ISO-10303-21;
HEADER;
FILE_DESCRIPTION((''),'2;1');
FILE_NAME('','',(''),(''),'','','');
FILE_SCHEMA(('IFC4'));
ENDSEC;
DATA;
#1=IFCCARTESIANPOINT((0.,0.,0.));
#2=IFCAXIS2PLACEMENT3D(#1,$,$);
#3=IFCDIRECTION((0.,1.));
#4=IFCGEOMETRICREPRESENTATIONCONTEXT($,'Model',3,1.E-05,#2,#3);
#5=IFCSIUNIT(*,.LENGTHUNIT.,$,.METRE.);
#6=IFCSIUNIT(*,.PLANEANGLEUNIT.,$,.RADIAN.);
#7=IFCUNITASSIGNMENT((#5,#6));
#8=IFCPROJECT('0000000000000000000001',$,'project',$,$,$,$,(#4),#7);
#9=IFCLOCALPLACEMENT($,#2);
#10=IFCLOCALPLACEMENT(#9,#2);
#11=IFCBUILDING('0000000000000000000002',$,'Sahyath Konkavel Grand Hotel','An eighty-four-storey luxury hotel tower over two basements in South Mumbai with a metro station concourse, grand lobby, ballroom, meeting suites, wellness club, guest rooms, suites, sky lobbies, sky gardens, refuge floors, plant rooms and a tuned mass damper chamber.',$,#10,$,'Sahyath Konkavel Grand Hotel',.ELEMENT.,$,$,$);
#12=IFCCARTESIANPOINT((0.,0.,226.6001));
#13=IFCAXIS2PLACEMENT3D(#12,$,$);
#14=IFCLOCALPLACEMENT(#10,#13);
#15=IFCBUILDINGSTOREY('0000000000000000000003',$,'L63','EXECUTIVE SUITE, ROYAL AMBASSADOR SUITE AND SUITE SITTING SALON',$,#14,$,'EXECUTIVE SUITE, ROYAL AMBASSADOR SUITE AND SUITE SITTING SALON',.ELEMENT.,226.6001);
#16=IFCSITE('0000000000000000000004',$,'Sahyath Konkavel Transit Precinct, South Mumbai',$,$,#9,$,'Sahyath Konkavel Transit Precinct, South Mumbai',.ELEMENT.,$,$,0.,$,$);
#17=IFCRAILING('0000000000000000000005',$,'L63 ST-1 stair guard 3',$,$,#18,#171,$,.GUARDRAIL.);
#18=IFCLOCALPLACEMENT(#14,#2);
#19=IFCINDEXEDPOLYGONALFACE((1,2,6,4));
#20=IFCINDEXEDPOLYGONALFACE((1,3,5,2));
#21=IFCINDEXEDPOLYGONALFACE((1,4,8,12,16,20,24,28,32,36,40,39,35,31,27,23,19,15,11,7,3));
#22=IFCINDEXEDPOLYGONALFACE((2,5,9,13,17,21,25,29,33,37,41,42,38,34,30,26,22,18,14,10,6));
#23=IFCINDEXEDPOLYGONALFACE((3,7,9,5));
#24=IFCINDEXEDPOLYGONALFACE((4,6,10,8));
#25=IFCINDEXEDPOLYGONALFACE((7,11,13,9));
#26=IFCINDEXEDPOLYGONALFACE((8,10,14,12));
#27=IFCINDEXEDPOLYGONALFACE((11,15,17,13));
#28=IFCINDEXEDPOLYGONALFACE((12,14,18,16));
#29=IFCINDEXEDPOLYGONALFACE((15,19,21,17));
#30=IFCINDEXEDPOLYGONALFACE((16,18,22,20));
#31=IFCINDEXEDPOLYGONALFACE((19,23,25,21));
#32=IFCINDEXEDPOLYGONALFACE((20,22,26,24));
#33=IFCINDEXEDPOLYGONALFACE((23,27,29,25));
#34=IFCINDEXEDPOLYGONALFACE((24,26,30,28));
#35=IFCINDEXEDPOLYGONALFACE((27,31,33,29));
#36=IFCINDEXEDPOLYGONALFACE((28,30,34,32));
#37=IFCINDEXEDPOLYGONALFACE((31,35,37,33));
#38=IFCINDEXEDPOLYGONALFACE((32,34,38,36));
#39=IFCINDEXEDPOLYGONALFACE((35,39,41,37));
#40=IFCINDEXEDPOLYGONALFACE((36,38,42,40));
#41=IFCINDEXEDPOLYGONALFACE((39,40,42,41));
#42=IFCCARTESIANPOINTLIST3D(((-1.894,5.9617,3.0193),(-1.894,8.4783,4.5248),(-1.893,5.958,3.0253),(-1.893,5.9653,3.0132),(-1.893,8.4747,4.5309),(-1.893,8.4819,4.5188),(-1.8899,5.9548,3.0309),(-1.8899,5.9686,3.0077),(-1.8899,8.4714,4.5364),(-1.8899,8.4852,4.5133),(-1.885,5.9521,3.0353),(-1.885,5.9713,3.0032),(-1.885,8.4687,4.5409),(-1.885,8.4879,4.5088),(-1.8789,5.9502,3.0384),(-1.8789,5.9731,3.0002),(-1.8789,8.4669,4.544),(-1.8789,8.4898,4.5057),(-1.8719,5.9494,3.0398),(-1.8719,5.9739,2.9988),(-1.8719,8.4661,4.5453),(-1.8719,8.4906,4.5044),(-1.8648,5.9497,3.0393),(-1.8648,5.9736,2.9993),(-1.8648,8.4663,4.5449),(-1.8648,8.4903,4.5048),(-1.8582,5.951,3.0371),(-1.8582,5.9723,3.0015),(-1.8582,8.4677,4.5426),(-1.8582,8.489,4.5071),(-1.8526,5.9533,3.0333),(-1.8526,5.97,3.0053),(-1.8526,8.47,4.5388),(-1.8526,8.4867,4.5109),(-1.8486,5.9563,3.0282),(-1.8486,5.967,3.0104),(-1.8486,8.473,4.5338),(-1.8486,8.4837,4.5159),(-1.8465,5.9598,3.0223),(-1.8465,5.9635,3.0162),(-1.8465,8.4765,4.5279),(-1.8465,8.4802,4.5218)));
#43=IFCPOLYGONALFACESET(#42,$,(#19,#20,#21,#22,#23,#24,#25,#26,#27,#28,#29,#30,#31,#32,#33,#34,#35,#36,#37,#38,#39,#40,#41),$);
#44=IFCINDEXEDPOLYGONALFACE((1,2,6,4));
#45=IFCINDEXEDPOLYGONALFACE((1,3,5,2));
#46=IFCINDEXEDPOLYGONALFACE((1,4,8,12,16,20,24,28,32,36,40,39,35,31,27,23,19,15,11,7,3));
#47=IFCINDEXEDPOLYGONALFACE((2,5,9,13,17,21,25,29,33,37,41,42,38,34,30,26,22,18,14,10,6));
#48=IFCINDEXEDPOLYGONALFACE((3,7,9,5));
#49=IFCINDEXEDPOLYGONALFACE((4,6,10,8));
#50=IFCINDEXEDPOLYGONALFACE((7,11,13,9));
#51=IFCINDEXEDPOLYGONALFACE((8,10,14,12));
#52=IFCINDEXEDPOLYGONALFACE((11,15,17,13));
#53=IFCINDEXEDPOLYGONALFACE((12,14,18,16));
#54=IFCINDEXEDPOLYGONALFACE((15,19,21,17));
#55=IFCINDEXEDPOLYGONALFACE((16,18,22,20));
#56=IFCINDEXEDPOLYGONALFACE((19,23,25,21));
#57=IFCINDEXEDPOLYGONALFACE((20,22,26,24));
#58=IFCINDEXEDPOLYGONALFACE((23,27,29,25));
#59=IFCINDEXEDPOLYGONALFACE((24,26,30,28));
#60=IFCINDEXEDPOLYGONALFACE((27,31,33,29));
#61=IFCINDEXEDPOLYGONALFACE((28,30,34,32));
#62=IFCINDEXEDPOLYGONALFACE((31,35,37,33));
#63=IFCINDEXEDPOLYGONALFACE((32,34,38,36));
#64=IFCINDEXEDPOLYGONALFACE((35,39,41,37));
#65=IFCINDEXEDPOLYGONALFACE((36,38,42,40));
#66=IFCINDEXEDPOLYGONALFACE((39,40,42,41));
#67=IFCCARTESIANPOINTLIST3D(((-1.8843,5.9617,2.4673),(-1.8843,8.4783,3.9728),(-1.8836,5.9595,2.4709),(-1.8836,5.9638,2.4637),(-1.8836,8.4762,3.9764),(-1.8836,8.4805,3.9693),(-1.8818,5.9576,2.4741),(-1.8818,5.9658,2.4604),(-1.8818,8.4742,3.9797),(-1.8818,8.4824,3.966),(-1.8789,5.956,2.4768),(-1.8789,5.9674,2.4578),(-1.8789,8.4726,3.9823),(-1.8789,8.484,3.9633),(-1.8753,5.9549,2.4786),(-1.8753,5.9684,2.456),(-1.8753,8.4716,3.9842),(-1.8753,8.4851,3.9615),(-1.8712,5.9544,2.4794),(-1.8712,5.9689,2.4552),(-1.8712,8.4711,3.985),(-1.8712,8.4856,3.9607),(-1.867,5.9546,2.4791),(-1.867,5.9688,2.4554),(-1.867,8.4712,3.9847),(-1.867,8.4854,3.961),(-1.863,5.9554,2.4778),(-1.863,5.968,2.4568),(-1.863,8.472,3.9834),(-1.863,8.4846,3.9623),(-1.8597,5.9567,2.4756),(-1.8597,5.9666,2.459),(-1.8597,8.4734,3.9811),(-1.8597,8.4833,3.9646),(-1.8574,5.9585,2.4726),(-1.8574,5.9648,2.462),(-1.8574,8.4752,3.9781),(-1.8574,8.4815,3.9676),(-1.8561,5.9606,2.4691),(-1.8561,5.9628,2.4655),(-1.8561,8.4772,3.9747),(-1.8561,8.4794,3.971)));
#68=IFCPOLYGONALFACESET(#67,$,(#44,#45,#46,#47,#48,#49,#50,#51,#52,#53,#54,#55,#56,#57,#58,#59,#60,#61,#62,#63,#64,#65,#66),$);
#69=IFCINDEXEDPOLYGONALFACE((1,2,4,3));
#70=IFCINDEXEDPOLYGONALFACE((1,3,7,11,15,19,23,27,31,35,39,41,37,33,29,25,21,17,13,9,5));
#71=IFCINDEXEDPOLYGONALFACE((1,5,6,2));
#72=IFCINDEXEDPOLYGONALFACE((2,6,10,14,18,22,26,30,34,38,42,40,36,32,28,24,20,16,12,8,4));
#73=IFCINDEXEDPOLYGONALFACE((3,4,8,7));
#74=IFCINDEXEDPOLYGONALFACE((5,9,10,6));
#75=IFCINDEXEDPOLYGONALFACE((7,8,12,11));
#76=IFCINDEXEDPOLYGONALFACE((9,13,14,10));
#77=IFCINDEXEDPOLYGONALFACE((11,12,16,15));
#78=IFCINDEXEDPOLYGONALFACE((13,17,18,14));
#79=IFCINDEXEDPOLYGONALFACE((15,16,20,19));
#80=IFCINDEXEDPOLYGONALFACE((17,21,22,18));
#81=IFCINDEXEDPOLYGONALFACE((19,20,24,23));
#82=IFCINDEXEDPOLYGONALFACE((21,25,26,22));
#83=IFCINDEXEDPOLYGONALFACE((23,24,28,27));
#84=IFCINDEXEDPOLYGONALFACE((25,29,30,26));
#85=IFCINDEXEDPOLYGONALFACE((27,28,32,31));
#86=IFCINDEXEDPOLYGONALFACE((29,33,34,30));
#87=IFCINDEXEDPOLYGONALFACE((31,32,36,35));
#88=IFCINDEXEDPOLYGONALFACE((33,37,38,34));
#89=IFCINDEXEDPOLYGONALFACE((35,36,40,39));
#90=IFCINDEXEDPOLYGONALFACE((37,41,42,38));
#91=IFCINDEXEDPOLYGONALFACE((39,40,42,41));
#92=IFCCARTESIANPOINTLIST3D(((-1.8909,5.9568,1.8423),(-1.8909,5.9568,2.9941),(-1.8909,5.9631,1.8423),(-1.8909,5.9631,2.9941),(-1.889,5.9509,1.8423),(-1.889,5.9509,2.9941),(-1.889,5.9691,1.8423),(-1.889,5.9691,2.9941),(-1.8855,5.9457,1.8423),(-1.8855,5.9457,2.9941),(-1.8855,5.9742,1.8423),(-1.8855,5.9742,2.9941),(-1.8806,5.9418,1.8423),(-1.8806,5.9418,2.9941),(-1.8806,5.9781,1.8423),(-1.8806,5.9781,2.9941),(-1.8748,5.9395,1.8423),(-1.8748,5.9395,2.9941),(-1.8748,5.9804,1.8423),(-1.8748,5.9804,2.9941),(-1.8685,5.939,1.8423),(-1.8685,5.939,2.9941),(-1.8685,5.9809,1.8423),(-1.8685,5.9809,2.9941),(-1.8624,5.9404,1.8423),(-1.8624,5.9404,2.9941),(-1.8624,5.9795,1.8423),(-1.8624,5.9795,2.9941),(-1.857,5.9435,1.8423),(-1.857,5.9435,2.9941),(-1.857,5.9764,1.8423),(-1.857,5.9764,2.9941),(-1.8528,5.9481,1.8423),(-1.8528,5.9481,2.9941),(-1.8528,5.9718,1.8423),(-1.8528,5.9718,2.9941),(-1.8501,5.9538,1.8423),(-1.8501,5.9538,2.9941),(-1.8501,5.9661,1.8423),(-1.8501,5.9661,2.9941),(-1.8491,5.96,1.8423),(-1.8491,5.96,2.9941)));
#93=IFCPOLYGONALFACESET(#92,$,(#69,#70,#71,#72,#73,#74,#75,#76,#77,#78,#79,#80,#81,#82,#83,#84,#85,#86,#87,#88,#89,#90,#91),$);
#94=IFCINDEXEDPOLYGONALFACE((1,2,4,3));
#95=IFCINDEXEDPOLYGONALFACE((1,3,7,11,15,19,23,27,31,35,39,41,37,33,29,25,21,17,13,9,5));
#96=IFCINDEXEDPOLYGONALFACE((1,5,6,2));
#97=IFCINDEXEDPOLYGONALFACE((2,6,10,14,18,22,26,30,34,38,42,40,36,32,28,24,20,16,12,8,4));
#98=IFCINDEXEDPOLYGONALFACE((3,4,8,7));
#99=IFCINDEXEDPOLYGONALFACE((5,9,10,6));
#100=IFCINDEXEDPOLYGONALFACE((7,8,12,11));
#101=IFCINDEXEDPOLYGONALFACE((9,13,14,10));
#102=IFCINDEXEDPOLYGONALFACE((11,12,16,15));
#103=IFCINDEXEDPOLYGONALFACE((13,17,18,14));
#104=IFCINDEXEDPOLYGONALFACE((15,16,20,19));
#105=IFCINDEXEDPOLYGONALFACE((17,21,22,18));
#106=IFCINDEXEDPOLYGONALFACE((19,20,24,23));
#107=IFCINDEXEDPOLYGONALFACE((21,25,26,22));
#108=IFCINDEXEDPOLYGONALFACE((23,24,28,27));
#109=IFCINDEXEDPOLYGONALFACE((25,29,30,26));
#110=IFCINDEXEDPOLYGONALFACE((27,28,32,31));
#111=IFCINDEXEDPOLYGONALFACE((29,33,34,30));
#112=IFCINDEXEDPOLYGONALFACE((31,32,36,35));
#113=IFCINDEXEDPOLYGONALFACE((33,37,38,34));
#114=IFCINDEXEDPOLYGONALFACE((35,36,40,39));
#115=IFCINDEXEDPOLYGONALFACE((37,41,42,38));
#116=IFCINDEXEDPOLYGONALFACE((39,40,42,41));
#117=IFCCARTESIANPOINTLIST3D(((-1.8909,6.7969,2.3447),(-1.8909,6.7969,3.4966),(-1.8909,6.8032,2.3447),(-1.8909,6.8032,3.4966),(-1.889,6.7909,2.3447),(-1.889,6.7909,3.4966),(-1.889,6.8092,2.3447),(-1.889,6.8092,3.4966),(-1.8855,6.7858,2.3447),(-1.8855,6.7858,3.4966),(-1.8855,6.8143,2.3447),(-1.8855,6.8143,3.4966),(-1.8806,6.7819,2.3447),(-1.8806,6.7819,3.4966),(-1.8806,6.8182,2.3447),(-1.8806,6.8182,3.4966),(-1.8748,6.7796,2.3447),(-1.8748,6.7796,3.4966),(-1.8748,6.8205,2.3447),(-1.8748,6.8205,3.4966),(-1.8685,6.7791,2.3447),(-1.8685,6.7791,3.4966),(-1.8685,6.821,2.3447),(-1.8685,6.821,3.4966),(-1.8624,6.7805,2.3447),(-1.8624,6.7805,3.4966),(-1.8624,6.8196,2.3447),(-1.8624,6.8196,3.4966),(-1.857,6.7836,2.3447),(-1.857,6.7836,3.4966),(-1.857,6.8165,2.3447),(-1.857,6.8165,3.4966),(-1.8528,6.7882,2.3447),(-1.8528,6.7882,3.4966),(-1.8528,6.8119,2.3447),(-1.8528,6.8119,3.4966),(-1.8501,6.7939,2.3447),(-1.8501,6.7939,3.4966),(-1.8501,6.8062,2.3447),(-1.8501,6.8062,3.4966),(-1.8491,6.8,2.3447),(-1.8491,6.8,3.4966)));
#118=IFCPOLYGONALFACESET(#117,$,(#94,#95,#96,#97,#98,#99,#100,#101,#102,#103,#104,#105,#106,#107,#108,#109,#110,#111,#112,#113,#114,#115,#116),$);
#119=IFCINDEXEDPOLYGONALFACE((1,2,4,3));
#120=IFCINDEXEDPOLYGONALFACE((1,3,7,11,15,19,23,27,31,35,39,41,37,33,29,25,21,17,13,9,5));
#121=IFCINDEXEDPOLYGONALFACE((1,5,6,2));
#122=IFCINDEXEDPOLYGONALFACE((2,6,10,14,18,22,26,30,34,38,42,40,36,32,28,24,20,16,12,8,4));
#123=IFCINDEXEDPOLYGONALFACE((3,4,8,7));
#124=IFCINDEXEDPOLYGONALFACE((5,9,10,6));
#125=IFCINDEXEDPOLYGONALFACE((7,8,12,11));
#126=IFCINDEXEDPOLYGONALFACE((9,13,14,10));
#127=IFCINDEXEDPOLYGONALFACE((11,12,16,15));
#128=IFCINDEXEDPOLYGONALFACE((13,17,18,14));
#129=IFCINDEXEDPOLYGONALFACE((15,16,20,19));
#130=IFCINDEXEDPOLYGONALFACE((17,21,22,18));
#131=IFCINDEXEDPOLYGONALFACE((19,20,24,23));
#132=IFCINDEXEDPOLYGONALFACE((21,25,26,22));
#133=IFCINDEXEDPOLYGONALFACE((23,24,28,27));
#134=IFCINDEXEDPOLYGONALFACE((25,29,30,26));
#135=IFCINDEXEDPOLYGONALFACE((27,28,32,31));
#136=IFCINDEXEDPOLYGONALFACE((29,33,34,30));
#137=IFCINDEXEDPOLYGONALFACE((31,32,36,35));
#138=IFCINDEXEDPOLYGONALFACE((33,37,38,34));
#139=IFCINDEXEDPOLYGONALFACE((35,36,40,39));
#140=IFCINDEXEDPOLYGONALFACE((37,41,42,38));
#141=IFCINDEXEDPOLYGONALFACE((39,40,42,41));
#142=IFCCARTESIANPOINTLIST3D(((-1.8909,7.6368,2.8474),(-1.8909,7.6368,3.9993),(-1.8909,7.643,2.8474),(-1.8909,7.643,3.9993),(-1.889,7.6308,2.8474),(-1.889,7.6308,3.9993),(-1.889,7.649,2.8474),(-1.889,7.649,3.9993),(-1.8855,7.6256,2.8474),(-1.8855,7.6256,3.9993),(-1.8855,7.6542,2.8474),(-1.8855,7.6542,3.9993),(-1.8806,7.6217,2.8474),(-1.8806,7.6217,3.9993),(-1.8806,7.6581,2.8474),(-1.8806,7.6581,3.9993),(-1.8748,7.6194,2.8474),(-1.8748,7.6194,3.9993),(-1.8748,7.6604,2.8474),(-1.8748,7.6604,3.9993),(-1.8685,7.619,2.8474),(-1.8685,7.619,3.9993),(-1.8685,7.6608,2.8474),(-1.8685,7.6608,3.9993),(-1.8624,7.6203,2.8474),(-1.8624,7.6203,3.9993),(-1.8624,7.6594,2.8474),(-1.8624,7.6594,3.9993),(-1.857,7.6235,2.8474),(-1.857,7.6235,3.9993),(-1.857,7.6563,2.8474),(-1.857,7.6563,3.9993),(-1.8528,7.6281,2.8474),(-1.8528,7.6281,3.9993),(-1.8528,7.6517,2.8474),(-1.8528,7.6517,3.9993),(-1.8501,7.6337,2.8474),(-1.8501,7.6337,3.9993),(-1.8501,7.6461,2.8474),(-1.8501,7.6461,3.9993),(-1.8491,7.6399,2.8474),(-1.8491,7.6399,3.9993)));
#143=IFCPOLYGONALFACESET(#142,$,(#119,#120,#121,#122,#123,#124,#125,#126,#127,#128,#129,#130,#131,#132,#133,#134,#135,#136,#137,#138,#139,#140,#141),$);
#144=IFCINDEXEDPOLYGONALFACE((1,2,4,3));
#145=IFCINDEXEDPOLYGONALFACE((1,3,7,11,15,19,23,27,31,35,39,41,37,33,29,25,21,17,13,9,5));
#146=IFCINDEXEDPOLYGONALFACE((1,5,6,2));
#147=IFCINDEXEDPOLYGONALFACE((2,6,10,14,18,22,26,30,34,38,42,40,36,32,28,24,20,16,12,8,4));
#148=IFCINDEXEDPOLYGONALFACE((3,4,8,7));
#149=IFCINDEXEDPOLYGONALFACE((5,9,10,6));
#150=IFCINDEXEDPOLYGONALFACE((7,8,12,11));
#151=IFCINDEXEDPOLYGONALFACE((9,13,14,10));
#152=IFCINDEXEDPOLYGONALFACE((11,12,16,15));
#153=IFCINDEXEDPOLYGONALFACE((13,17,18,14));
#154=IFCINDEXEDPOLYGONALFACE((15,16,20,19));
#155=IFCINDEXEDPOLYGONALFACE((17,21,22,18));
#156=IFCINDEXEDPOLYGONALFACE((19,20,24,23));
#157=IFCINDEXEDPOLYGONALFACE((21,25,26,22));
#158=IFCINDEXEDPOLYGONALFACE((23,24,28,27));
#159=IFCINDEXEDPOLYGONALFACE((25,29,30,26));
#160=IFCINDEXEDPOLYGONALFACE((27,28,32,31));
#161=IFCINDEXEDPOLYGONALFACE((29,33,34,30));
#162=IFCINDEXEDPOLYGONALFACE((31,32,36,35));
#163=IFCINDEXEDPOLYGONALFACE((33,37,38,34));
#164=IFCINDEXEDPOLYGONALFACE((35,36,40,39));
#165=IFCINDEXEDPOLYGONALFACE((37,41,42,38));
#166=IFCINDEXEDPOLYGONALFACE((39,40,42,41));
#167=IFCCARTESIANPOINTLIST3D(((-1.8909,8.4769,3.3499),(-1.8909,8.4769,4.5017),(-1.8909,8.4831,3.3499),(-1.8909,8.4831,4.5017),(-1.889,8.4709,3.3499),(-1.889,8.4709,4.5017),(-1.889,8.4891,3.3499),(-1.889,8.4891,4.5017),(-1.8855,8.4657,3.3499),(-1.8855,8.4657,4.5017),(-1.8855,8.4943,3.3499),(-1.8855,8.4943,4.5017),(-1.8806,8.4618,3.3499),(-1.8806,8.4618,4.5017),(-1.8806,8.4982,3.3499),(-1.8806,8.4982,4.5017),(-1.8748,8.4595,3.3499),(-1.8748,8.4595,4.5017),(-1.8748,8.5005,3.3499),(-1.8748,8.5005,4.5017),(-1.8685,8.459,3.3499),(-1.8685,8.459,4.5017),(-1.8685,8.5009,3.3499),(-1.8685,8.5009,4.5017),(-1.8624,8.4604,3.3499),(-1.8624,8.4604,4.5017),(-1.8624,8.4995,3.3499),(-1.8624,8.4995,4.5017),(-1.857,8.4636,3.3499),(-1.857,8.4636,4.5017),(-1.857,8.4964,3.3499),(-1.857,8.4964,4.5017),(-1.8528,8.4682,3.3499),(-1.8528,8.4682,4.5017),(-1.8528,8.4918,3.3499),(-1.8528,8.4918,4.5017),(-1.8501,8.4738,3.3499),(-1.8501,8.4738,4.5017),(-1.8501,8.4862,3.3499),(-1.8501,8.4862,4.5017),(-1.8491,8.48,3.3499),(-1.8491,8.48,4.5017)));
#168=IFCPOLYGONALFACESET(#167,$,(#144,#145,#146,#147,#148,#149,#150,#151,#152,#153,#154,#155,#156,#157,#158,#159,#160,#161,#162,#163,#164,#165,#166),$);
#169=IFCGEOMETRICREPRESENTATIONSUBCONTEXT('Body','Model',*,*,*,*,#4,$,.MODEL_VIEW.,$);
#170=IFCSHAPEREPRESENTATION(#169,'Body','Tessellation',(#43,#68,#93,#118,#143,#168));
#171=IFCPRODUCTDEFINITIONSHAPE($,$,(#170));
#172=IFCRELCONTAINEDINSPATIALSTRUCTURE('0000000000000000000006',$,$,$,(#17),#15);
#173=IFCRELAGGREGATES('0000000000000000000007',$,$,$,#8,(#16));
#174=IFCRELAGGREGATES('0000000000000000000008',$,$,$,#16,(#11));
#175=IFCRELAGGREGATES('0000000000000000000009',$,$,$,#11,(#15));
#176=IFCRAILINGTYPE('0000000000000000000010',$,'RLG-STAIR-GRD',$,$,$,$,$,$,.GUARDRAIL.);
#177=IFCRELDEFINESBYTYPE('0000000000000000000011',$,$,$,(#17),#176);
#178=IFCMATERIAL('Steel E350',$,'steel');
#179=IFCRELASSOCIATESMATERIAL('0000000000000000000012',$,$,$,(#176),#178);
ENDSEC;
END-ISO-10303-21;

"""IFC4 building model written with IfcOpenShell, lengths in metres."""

from ifc_helpers import new_model, si_unit, direction, frame, origin, origin_2d, place, context, subcontext, project, spatial, circle, extrude, material, type_object, element, save


model = new_model("IFC4")

# Units and contexts
model_context = context("Model", 3, precision=1e-05, world=origin(), true_north=direction((0.0, 1.0)))
body_context = subcontext(model_context, "Body", "Model", "MODEL_VIEW")
ifc_project = project(units=[si_unit("LENGTHUNIT", "METRE"), si_unit("PLANEANGLEUNIT", "RADIAN")], contexts=[model_context])

# Site, building, storey
site_placement = place(None, origin())
site = spatial("IfcSite", under=ifc_project, at=site_placement, Name="Sahyath Konkavel Transit Precinct, South Mumbai", LongName="Sahyath Konkavel Transit Precinct, South Mumbai", CompositionType="ELEMENT", RefElevation=0.0)
building_placement = place(site_placement, origin())
building = spatial("IfcBuilding", under=site, at=building_placement, Name="Sahyath Konkavel Grand Hotel", Description="An eighty-four-storey luxury hotel tower over two basements in South Mumbai with a metro station concourse, grand lobby, ballroom, meeting suites, wellness club, guest rooms, suites, sky lobbies, sky gardens, refuge floors, plant rooms and a tuned mass damper chamber.", LongName="Sahyath Konkavel Grand Hotel", CompositionType="ELEMENT")
storey_placement = place(building_placement, frame((0.0, 0.0, 226.6001)))
storey = spatial("IfcBuildingStorey", under=building, at=storey_placement, Name="L63", Description="EXECUTIVE SUITE, ROYAL AMBASSADOR SUITE AND SUITE SITTING SALON", LongName="EXECUTIVE SUITE, ROYAL AMBASSADOR SUITE AND SUITE SITTING SALON", CompositionType="ELEMENT", Elevation=226.6001)

# Shared definitions
ifc_material_1 = material(Name="Steel E350", Category="steel")

# Railing
railing_type_1 = type_object("IfcRailingType", Name="RLG-STAIR-GRD", PredefinedType="GUARDRAIL", material=ifc_material_1)
railing_1_placement = place(storey_placement, frame((-1.8701, 5.96, 1.8423)))
element("IfcRailing", 1, at=railing_1_placement, inside=storey, type_object=railing_type_1, Name="L63 ST-1 stair guard 3", PredefinedType="GUARDRAIL", context=body_context, shape_type="SweptSolid", body=[
    extrude(circle(Radius=0.0239, at=origin_2d()), frame((0.0, 0.0017, 1.177), z_axis=(0.0, 0.85816, 0.513383), x_axis=(-1.0, 0.0, 0.0)), (0.0, 0.0, 1.0), 2.9326),
    extrude(circle(Radius=0.0142, at=origin_2d()), frame((0.0, 0.0017, 0.625), z_axis=(0.0, 0.85816, 0.513383), x_axis=(-1.0, 0.0, 0.0)), (0.0, 0.0, 1.0), 2.9326),
    extrude(circle(Radius=0.021, at=origin_2d()), origin(), (0.0, 0.0, 1.0), 1.1519),
    extrude(circle(Radius=0.021, at=origin_2d()), frame((0.0, 0.8401, 0.5024)), (0.0, 0.0, 1.0), 1.1519),
    extrude(circle(Radius=0.021, at=origin_2d()), frame((0.0, 1.6799, 1.0051)), (0.0, 0.0, 1.0), 1.1519),
    extrude(circle(Radius=0.021, at=origin_2d()), frame((0.0, 2.52, 1.5076)), (0.0, 0.0, 1.0), 1.1519),
])

save(model, "model.ifc")
